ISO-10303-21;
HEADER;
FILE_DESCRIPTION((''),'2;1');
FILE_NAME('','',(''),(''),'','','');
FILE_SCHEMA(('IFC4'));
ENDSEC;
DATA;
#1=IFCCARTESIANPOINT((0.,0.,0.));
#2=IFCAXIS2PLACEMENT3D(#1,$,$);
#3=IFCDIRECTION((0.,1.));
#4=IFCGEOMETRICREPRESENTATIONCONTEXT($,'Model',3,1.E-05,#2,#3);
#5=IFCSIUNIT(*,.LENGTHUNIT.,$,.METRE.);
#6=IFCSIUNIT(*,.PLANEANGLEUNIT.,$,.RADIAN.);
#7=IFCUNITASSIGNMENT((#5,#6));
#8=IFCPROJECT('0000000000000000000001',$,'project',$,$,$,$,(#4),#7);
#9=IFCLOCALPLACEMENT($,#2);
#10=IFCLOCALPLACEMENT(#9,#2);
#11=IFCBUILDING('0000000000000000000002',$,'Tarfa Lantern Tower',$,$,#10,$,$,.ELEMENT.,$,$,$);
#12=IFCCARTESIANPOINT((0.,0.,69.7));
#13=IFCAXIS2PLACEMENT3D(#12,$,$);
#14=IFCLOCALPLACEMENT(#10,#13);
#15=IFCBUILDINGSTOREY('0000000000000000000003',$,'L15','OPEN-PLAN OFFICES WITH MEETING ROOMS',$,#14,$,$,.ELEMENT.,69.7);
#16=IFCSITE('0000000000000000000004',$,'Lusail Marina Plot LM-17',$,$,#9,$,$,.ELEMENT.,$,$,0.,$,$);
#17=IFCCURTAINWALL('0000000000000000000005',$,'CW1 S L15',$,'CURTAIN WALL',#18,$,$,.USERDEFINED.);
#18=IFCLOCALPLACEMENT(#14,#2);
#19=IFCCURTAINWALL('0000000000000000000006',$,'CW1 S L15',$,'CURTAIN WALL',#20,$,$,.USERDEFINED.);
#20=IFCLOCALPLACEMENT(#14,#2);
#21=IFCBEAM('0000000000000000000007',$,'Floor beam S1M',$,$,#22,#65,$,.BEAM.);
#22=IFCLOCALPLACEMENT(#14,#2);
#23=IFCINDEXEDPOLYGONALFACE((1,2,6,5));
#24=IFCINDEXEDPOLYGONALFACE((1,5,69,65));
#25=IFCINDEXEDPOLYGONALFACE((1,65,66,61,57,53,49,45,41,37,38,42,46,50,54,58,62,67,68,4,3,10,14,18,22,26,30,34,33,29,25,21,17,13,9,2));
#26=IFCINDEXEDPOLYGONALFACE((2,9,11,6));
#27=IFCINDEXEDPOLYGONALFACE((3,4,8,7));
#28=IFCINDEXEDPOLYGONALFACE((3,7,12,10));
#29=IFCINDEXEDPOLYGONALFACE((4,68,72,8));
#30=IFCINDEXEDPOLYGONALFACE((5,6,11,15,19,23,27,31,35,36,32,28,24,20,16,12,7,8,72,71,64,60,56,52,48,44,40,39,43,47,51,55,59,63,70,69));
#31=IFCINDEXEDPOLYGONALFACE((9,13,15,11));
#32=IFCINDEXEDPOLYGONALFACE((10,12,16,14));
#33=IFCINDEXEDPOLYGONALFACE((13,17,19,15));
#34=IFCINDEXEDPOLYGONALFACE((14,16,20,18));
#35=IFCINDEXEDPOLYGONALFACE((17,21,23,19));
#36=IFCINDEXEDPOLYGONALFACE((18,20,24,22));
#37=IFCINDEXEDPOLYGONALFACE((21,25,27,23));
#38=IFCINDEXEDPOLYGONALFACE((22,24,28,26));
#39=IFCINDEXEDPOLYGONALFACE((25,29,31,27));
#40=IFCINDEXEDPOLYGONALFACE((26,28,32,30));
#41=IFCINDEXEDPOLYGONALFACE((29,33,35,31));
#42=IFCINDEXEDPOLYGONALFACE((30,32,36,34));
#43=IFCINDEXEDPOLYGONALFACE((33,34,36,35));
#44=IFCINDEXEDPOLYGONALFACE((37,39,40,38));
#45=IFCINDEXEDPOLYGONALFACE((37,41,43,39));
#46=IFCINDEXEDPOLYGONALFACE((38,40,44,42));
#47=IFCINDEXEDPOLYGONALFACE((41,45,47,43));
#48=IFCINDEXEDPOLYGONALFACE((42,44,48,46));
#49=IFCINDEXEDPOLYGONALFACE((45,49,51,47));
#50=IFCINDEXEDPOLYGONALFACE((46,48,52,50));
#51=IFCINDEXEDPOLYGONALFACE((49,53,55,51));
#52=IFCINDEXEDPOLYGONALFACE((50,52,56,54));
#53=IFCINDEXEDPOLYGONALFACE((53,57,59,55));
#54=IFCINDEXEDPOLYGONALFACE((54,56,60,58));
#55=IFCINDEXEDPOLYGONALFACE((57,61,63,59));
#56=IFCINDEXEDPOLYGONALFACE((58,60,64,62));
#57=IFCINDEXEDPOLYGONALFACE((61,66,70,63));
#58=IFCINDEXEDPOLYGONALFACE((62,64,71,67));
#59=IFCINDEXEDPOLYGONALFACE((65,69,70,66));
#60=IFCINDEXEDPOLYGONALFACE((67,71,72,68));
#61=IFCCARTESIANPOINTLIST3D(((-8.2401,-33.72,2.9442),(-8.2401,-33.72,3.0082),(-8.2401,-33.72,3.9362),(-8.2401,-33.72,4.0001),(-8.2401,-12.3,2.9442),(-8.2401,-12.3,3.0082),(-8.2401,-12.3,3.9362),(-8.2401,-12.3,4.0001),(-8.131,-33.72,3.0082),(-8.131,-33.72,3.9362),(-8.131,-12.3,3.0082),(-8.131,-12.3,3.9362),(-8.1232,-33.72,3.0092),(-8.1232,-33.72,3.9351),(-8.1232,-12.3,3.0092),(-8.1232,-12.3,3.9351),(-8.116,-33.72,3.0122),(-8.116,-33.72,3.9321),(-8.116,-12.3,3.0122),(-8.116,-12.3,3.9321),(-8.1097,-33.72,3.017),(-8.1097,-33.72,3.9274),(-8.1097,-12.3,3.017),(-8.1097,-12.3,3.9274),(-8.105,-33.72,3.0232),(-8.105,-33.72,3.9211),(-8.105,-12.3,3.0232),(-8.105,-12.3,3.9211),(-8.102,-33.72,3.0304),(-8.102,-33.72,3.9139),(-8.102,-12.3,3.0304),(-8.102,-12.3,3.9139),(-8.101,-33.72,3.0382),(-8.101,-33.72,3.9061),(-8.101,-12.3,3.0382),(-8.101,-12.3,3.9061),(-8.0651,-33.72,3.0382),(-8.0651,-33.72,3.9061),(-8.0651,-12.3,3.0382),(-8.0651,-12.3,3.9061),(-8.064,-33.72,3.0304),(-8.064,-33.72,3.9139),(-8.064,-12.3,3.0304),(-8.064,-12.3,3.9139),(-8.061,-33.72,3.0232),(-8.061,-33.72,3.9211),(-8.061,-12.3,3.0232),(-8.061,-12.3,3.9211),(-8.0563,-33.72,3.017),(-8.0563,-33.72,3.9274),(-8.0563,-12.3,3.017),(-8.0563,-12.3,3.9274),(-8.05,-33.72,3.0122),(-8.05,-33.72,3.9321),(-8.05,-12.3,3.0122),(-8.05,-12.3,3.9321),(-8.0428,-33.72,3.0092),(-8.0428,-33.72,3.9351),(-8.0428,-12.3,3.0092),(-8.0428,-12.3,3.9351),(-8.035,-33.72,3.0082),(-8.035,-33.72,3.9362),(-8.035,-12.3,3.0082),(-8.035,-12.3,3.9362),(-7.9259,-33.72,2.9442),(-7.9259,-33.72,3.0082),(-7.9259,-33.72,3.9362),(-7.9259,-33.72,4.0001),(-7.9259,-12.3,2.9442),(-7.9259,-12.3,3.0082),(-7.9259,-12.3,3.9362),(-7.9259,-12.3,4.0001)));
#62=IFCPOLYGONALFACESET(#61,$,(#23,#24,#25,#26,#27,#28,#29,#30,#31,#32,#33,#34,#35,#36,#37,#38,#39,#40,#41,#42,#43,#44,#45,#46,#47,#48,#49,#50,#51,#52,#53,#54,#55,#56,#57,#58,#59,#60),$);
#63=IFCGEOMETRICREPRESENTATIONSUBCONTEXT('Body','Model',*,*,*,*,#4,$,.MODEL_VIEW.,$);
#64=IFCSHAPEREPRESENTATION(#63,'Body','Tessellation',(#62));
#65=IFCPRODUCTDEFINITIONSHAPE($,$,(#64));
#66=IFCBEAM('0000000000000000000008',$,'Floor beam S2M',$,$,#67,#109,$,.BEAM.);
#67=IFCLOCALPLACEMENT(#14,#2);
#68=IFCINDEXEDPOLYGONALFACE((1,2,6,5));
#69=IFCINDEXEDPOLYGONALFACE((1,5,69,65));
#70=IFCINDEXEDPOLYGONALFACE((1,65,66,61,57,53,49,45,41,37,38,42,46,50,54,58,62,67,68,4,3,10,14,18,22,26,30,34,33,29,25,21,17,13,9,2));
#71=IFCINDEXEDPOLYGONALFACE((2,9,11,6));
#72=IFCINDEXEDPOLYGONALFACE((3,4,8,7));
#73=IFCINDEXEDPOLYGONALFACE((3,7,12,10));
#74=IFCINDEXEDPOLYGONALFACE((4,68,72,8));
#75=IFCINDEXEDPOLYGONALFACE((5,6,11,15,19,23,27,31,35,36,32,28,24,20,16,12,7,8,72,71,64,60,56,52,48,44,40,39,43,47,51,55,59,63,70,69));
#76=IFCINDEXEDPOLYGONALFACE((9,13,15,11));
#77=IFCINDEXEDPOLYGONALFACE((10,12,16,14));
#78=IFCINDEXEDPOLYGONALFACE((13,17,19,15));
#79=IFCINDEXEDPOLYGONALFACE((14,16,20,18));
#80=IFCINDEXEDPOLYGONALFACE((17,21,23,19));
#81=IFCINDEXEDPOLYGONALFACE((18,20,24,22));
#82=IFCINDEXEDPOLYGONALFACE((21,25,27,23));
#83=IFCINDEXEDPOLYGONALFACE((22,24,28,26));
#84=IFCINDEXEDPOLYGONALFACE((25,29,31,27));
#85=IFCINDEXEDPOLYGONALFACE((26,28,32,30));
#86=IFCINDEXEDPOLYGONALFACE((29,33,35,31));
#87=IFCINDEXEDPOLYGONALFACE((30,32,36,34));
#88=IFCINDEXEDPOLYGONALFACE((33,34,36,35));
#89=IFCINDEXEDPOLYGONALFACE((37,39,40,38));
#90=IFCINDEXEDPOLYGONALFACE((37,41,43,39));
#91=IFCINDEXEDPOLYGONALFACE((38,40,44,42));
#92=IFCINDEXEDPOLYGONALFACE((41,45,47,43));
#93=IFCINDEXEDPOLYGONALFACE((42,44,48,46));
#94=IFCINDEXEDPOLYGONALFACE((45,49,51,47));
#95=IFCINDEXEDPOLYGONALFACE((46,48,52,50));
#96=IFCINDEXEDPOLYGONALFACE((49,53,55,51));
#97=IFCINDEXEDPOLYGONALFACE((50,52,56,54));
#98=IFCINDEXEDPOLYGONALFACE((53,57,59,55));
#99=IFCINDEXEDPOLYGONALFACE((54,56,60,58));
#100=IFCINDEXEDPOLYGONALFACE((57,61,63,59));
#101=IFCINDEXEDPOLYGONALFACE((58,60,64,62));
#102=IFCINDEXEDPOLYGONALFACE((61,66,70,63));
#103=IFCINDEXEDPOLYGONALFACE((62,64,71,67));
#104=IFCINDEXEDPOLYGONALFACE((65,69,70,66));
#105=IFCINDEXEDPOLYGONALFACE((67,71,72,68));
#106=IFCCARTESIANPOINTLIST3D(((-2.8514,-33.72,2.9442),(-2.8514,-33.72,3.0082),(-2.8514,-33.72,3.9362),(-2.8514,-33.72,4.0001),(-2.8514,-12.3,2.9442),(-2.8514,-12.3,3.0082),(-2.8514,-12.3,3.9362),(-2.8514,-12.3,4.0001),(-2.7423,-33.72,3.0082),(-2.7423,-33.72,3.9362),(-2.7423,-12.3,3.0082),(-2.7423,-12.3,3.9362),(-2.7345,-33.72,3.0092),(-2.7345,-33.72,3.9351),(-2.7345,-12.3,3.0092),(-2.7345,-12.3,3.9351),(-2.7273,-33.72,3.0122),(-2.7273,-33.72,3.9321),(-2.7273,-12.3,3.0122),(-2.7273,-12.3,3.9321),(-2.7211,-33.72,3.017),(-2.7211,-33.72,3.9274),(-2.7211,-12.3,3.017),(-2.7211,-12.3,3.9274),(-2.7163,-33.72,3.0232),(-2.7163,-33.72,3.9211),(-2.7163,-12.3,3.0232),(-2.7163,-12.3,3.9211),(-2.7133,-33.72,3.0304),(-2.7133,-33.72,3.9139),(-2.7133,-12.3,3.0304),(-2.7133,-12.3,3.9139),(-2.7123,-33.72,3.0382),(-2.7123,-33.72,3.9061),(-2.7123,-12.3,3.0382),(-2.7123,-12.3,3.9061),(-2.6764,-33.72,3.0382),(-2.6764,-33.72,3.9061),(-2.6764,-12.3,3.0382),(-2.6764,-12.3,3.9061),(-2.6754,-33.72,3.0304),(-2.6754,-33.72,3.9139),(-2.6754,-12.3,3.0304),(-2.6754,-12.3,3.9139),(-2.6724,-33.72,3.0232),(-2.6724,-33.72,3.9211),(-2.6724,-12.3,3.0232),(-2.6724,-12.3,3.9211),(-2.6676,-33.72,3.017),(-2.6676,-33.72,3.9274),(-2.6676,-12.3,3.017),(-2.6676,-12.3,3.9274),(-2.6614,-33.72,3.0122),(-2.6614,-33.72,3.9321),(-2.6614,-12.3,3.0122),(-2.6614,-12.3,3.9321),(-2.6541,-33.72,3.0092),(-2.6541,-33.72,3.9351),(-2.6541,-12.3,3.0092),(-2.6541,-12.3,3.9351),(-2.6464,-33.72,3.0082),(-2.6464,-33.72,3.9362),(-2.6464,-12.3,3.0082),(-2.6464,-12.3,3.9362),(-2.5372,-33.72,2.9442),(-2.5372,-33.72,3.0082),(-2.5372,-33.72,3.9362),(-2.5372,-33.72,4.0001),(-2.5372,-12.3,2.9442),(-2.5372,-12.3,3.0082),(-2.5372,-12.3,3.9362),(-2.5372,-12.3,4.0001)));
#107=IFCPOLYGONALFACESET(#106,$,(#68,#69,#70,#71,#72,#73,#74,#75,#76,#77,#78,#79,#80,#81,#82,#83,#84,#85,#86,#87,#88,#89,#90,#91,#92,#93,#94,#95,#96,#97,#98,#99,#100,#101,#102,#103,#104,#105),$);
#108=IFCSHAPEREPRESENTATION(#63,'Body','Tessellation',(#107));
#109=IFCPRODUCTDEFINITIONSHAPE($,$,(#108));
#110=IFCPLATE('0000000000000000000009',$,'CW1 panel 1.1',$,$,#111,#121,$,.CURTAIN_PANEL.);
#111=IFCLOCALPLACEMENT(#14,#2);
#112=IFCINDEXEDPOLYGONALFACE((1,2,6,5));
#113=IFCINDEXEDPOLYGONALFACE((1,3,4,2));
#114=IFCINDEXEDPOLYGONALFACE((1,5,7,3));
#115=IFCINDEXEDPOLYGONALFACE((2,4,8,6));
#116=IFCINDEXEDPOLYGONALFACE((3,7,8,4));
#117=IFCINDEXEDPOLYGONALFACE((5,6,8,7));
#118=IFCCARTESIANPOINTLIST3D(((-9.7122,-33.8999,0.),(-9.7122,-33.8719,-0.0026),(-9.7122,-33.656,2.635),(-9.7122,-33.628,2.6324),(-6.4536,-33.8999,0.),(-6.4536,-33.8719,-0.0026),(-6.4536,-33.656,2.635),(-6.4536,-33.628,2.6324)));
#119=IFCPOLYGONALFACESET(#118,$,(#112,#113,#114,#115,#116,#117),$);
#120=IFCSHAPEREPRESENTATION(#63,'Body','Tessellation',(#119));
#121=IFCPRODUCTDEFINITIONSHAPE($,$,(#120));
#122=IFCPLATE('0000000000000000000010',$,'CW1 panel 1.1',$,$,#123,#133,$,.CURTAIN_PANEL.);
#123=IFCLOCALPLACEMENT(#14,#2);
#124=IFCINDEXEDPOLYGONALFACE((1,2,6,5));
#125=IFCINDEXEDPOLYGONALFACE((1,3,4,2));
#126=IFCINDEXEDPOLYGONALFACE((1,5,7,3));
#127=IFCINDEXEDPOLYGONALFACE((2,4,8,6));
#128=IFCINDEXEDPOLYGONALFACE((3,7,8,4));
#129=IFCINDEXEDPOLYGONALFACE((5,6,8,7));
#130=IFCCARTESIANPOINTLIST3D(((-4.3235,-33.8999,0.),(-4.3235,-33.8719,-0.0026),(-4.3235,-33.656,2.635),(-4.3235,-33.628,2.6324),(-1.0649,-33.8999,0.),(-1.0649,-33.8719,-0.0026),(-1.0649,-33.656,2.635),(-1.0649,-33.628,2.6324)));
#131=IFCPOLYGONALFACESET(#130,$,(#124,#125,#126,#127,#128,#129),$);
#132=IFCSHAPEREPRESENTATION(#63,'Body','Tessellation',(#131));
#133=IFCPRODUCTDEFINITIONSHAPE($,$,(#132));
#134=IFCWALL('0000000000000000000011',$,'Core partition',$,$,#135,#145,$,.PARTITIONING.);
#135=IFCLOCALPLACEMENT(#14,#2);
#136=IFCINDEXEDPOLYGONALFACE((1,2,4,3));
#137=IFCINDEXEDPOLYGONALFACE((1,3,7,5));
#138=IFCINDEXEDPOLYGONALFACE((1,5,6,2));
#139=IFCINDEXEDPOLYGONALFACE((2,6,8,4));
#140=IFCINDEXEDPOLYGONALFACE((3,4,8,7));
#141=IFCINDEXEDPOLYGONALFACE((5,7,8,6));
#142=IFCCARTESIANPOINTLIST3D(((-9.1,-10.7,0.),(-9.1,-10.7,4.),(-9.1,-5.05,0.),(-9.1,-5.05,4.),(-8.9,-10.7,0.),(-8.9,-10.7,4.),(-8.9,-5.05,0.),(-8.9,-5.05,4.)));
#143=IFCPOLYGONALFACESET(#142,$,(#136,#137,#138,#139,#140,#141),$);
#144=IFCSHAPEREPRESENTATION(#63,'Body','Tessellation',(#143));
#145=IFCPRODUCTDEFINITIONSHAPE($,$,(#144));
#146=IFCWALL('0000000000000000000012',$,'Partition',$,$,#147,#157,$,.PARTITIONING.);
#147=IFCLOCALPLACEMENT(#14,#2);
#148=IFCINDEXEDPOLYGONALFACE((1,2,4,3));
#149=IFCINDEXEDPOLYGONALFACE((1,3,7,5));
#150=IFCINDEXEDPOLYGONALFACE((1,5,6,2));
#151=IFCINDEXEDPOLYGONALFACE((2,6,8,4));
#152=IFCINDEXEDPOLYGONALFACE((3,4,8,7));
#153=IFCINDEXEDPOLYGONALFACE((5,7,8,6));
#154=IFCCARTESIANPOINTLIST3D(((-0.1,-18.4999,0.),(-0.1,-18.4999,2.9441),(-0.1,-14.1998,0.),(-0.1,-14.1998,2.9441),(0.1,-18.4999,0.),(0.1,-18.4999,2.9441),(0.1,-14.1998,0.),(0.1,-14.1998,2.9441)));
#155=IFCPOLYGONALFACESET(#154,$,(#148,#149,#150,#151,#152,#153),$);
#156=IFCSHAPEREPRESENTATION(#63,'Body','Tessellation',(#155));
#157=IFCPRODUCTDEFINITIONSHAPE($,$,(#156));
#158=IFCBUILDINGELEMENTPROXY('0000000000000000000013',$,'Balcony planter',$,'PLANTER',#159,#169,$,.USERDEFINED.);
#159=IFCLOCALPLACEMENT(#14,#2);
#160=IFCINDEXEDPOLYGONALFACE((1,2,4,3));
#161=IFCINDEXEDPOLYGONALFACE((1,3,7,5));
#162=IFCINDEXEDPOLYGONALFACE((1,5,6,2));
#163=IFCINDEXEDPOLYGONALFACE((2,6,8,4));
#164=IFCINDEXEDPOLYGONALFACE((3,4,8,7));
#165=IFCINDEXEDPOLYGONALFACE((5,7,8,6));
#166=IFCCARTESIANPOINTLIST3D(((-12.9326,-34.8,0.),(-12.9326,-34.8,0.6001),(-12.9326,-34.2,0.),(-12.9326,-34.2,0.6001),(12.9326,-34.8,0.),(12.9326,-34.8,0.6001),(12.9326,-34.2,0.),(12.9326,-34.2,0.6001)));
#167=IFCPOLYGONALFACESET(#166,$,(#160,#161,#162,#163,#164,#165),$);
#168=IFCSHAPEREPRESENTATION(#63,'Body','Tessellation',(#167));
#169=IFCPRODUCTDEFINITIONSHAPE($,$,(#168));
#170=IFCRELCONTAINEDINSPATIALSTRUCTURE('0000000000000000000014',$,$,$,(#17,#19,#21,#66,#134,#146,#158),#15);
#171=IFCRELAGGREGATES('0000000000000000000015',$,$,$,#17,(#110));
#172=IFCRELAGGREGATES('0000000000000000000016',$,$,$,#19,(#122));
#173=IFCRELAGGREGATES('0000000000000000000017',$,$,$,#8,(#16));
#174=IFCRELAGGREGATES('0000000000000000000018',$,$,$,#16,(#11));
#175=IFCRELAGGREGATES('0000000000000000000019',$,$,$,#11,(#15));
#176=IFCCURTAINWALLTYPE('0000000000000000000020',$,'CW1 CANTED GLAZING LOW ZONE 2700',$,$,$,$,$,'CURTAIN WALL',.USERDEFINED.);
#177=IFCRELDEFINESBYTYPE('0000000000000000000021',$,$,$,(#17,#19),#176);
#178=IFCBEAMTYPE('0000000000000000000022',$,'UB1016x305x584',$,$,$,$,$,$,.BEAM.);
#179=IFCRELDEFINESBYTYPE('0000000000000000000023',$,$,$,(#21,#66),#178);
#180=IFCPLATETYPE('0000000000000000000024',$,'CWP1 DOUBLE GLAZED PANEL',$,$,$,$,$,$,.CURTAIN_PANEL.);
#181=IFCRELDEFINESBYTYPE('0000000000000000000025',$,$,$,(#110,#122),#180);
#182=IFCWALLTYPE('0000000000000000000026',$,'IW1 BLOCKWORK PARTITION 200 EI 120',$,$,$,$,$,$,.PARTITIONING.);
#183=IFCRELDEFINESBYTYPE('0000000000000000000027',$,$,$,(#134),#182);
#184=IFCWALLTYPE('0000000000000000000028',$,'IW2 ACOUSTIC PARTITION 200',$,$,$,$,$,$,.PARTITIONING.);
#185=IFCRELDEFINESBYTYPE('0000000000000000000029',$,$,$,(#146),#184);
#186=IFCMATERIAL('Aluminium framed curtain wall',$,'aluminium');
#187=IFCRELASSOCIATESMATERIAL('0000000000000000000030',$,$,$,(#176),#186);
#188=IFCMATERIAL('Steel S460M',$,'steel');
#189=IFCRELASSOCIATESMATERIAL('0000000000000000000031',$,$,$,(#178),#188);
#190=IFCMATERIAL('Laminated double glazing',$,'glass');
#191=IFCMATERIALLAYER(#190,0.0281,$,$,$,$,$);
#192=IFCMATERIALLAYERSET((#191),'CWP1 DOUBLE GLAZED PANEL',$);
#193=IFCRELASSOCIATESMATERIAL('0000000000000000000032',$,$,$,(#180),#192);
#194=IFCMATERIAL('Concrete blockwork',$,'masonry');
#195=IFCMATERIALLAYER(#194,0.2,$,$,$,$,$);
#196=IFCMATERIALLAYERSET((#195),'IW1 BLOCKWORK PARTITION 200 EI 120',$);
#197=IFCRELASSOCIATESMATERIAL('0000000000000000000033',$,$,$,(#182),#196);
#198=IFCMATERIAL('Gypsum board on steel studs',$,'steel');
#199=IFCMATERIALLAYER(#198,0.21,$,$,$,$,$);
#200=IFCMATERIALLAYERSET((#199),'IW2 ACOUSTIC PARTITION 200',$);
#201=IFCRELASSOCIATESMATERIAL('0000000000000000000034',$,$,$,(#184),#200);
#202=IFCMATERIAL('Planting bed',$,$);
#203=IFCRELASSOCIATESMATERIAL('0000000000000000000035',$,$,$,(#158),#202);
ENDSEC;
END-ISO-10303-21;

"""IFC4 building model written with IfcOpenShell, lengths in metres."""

from ifc_helpers import new_model, si_unit, direction, frame, frame_2d, origin, origin_2d, place, context, subcontext, project, spatial, polyline, rectangle, i_section, outline, extrude, material, layer, layer_set, material_profile, profile_set, type_object, element, aggregate, save


model = new_model("IFC4")

# Units and contexts
model_context = context("Model", 3, precision=1e-05, world=origin(), true_north=direction((0.0, 1.0)))
body_context = subcontext(model_context, "Body", "Model", "MODEL_VIEW")
ifc_project = project(units=[si_unit("LENGTHUNIT", "METRE"), si_unit("PLANEANGLEUNIT", "RADIAN")], contexts=[model_context])

# Site, building, storey
site_placement = place(None, origin())
site = spatial("IfcSite", under=ifc_project, at=site_placement, Name="Lusail Marina Plot LM-17", CompositionType="ELEMENT", RefElevation=0.0)
building_placement = place(site_placement, origin())
building = spatial("IfcBuilding", under=site, at=building_placement, Name="Tarfa Lantern Tower", CompositionType="ELEMENT")
storey_placement = place(building_placement, frame((0.0, 0.0, 69.7)))
storey = spatial("IfcBuildingStorey", under=building, at=storey_placement, Name="L15", Description="OPEN-PLAN OFFICES WITH MEETING ROOMS", CompositionType="ELEMENT", Elevation=69.7)

# Shared definitions
ifc_material_1 = material(Name="Aluminium framed curtain wall", Category="aluminium")
curtain_wall_type = type_object("IfcCurtainWallType", Name="CW1 CANTED GLAZING LOW ZONE 2700", ElementType="CURTAIN WALL", PredefinedType="USERDEFINED", material=ifc_material_1)

# Curtain walls
curtain_wall_1_placement = place(storey_placement, origin())
curtain_wall_1 = element("IfcCurtainWall", 1, at=curtain_wall_1_placement, inside=storey, type_object=curtain_wall_type, Name="CW1 S L15", ObjectType="CURTAIN WALL", PredefinedType="USERDEFINED")
curtain_wall_2_placement = place(storey_placement, origin())
curtain_wall_2 = element("IfcCurtainWall", 2, at=curtain_wall_2_placement, inside=storey, type_object=curtain_wall_type, Name="CW1 S L15", ObjectType="CURTAIN WALL", PredefinedType="USERDEFINED")

# Beams
ifc_material_2 = material(Name="Steel S460M", Category="steel")
ifc_material_profile_1 = material_profile(ifc_material_2, i_section(OverallWidth=0.3142, OverallDepth=1.0559, WebThickness=0.0359, FlangeThickness=0.064, FilletRadius=0.03, at=origin_2d()), Name="UB1016x305x584")
ifc_profile_set_1 = profile_set([ifc_material_profile_1], Name="Steel S460M")
beam_type_1 = type_object("IfcBeamType", Name="UB1016x305x584", PredefinedType="BEAM", material=ifc_profile_set_1)
for number, where, z_axis, x_axis, name in (
    (3, (-8.083, -33.72, 3.4722), (0.0, 1.0, 0.0), (-1.0, 0.0, 0.0), "Floor beam S1M"),
    (4, (-2.6943, -33.72, 3.4722), (0.0, 1.0, 0.0), (-1.0, 0.0, 0.0), "Floor beam S2M"),
):
    element("IfcBeam", number, at=place(storey_placement, frame(where, z_axis=z_axis, x_axis=x_axis)), inside=storey, type_object=beam_type_1, Name=name, PredefinedType="BEAM", context=body_context, shape_type="SweptSolid", body=[
        extrude(i_section(OverallWidth=0.3142, OverallDepth=1.0559, WebThickness=0.0359, FlangeThickness=0.064, FilletRadius=0.03, at=origin_2d()), origin(), (0.0, 0.0, 1.0), 21.4199),
    ])

# Plates
ifc_material_3 = material(Name="Laminated double glazing", Category="glass")
ifc_layer_1 = layer(ifc_material_3, 0.0281)
ifc_layer_set_1 = layer_set([ifc_layer_1], Name="CWP1 DOUBLE GLAZED PANEL")
plate_type = type_object("IfcPlateType", Name="CWP1 DOUBLE GLAZED PANEL", PredefinedType="CURTAIN_PANEL", material=ifc_layer_set_1)
plate_1_placement = place(storey_placement, frame((-9.7122, -33.8999, 0.0), z_axis=(0.0, -0.995744, 0.092166), x_axis=(1.0, 0.0, 0.0)))
plate_1 = element("IfcPlate", 5, at=plate_1_placement, type_object=plate_type, Name="CW1 panel 1.1", PredefinedType="CURTAIN_PANEL", context=body_context, shape_type="SweptSolid", body=[
    extrude(outline(polyline([(0.0, 0.0), (3.2585, 0.0), (3.2585, 2.6463), (0.0, 2.6463), (0.0, 0.0)])), origin(), (0.0, 0.0, -1.0), 0.0281),
])
aggregate(curtain_wall_1, [plate_1])
plate_2_placement = place(storey_placement, frame((-4.3235, -33.8999, 0.0), z_axis=(0.0, -0.995744, 0.092166), x_axis=(1.0, 0.0, 0.0)))
plate_2 = element("IfcPlate", 6, at=plate_2_placement, type_object=plate_type, Name="CW1 panel 1.1", PredefinedType="CURTAIN_PANEL", context=body_context, shape_type="SweptSolid", body=[
    extrude(outline(polyline([(0.0, 0.0), (3.2585, 0.0), (3.2585, 2.6463), (0.0, 2.6463), (0.0, 0.0)])), origin(), (0.0, 0.0, -1.0), 0.0281),
])
aggregate(curtain_wall_2, [plate_2])

# Walls
ifc_material_4 = material(Name="Concrete blockwork", Category="masonry")
ifc_layer_2 = layer(ifc_material_4, 0.2)
ifc_layer_set_2 = layer_set([ifc_layer_2], Name="IW1 BLOCKWORK PARTITION 200 EI 120")
wall_type_1 = type_object("IfcWallType", Name="IW1 BLOCKWORK PARTITION 200 EI 120", PredefinedType="PARTITIONING", material=ifc_layer_set_2)
wall_1_placement = place(storey_placement, frame((-9.0, -5.05, 0.0), z_axis=(0.0, 0.0, 1.0), x_axis=(0.0, -1.0, 0.0)))
element("IfcWall", 7, at=wall_1_placement, inside=storey, type_object=wall_type_1, Name="Core partition", PredefinedType="PARTITIONING", context=body_context, shape_type="SweptSolid", body=[
    extrude(rectangle(XDim=5.6499, YDim=0.2, at=frame_2d((2.825, 0.0))), origin(), (0.0, 0.0, 1.0), 4.0),
])
ifc_material_5 = material(Name="Gypsum board on steel studs", Category="steel")
ifc_layer_3 = layer(ifc_material_5, 0.21)
ifc_layer_set_3 = layer_set([ifc_layer_3], Name="IW2 ACOUSTIC PARTITION 200")
wall_type_2 = type_object("IfcWallType", Name="IW2 ACOUSTIC PARTITION 200", PredefinedType="PARTITIONING", material=ifc_layer_set_3)
wall_2_placement = place(storey_placement, frame((0.0, -14.2, 0.0), z_axis=(0.0, 0.0, 1.0), x_axis=(0.0, -1.0, 0.0)))
element("IfcWall", 8, at=wall_2_placement, inside=storey, type_object=wall_type_2, Name="Partition", PredefinedType="PARTITIONING", context=body_context, shape_type="SweptSolid", body=[
    extrude(rectangle(XDim=4.3, YDim=0.2, at=frame_2d((2.1499, 0.0))), origin(), (0.0, 0.0, 1.0), 2.9441),
])

# Building element proxy
ifc_material_6 = material(Name="Planting bed")
proxy_placement = place(storey_placement, frame((0.0, -34.5, 0.0), z_axis=(0.0, 0.0, 1.0), x_axis=(1.0, 0.0, 0.0)))
element("IfcBuildingElementProxy", 9, at=proxy_placement, inside=storey, material=ifc_material_6, Name="Balcony planter", ObjectType="PLANTER", PredefinedType="USERDEFINED", context=body_context, shape_type="SweptSolid", body=[
    extrude(rectangle(XDim=25.8652, YDim=0.6001, at=origin_2d()), origin(), (0.0, 0.0, 1.0), 0.6001),
])

save(model, "model.ifc")
